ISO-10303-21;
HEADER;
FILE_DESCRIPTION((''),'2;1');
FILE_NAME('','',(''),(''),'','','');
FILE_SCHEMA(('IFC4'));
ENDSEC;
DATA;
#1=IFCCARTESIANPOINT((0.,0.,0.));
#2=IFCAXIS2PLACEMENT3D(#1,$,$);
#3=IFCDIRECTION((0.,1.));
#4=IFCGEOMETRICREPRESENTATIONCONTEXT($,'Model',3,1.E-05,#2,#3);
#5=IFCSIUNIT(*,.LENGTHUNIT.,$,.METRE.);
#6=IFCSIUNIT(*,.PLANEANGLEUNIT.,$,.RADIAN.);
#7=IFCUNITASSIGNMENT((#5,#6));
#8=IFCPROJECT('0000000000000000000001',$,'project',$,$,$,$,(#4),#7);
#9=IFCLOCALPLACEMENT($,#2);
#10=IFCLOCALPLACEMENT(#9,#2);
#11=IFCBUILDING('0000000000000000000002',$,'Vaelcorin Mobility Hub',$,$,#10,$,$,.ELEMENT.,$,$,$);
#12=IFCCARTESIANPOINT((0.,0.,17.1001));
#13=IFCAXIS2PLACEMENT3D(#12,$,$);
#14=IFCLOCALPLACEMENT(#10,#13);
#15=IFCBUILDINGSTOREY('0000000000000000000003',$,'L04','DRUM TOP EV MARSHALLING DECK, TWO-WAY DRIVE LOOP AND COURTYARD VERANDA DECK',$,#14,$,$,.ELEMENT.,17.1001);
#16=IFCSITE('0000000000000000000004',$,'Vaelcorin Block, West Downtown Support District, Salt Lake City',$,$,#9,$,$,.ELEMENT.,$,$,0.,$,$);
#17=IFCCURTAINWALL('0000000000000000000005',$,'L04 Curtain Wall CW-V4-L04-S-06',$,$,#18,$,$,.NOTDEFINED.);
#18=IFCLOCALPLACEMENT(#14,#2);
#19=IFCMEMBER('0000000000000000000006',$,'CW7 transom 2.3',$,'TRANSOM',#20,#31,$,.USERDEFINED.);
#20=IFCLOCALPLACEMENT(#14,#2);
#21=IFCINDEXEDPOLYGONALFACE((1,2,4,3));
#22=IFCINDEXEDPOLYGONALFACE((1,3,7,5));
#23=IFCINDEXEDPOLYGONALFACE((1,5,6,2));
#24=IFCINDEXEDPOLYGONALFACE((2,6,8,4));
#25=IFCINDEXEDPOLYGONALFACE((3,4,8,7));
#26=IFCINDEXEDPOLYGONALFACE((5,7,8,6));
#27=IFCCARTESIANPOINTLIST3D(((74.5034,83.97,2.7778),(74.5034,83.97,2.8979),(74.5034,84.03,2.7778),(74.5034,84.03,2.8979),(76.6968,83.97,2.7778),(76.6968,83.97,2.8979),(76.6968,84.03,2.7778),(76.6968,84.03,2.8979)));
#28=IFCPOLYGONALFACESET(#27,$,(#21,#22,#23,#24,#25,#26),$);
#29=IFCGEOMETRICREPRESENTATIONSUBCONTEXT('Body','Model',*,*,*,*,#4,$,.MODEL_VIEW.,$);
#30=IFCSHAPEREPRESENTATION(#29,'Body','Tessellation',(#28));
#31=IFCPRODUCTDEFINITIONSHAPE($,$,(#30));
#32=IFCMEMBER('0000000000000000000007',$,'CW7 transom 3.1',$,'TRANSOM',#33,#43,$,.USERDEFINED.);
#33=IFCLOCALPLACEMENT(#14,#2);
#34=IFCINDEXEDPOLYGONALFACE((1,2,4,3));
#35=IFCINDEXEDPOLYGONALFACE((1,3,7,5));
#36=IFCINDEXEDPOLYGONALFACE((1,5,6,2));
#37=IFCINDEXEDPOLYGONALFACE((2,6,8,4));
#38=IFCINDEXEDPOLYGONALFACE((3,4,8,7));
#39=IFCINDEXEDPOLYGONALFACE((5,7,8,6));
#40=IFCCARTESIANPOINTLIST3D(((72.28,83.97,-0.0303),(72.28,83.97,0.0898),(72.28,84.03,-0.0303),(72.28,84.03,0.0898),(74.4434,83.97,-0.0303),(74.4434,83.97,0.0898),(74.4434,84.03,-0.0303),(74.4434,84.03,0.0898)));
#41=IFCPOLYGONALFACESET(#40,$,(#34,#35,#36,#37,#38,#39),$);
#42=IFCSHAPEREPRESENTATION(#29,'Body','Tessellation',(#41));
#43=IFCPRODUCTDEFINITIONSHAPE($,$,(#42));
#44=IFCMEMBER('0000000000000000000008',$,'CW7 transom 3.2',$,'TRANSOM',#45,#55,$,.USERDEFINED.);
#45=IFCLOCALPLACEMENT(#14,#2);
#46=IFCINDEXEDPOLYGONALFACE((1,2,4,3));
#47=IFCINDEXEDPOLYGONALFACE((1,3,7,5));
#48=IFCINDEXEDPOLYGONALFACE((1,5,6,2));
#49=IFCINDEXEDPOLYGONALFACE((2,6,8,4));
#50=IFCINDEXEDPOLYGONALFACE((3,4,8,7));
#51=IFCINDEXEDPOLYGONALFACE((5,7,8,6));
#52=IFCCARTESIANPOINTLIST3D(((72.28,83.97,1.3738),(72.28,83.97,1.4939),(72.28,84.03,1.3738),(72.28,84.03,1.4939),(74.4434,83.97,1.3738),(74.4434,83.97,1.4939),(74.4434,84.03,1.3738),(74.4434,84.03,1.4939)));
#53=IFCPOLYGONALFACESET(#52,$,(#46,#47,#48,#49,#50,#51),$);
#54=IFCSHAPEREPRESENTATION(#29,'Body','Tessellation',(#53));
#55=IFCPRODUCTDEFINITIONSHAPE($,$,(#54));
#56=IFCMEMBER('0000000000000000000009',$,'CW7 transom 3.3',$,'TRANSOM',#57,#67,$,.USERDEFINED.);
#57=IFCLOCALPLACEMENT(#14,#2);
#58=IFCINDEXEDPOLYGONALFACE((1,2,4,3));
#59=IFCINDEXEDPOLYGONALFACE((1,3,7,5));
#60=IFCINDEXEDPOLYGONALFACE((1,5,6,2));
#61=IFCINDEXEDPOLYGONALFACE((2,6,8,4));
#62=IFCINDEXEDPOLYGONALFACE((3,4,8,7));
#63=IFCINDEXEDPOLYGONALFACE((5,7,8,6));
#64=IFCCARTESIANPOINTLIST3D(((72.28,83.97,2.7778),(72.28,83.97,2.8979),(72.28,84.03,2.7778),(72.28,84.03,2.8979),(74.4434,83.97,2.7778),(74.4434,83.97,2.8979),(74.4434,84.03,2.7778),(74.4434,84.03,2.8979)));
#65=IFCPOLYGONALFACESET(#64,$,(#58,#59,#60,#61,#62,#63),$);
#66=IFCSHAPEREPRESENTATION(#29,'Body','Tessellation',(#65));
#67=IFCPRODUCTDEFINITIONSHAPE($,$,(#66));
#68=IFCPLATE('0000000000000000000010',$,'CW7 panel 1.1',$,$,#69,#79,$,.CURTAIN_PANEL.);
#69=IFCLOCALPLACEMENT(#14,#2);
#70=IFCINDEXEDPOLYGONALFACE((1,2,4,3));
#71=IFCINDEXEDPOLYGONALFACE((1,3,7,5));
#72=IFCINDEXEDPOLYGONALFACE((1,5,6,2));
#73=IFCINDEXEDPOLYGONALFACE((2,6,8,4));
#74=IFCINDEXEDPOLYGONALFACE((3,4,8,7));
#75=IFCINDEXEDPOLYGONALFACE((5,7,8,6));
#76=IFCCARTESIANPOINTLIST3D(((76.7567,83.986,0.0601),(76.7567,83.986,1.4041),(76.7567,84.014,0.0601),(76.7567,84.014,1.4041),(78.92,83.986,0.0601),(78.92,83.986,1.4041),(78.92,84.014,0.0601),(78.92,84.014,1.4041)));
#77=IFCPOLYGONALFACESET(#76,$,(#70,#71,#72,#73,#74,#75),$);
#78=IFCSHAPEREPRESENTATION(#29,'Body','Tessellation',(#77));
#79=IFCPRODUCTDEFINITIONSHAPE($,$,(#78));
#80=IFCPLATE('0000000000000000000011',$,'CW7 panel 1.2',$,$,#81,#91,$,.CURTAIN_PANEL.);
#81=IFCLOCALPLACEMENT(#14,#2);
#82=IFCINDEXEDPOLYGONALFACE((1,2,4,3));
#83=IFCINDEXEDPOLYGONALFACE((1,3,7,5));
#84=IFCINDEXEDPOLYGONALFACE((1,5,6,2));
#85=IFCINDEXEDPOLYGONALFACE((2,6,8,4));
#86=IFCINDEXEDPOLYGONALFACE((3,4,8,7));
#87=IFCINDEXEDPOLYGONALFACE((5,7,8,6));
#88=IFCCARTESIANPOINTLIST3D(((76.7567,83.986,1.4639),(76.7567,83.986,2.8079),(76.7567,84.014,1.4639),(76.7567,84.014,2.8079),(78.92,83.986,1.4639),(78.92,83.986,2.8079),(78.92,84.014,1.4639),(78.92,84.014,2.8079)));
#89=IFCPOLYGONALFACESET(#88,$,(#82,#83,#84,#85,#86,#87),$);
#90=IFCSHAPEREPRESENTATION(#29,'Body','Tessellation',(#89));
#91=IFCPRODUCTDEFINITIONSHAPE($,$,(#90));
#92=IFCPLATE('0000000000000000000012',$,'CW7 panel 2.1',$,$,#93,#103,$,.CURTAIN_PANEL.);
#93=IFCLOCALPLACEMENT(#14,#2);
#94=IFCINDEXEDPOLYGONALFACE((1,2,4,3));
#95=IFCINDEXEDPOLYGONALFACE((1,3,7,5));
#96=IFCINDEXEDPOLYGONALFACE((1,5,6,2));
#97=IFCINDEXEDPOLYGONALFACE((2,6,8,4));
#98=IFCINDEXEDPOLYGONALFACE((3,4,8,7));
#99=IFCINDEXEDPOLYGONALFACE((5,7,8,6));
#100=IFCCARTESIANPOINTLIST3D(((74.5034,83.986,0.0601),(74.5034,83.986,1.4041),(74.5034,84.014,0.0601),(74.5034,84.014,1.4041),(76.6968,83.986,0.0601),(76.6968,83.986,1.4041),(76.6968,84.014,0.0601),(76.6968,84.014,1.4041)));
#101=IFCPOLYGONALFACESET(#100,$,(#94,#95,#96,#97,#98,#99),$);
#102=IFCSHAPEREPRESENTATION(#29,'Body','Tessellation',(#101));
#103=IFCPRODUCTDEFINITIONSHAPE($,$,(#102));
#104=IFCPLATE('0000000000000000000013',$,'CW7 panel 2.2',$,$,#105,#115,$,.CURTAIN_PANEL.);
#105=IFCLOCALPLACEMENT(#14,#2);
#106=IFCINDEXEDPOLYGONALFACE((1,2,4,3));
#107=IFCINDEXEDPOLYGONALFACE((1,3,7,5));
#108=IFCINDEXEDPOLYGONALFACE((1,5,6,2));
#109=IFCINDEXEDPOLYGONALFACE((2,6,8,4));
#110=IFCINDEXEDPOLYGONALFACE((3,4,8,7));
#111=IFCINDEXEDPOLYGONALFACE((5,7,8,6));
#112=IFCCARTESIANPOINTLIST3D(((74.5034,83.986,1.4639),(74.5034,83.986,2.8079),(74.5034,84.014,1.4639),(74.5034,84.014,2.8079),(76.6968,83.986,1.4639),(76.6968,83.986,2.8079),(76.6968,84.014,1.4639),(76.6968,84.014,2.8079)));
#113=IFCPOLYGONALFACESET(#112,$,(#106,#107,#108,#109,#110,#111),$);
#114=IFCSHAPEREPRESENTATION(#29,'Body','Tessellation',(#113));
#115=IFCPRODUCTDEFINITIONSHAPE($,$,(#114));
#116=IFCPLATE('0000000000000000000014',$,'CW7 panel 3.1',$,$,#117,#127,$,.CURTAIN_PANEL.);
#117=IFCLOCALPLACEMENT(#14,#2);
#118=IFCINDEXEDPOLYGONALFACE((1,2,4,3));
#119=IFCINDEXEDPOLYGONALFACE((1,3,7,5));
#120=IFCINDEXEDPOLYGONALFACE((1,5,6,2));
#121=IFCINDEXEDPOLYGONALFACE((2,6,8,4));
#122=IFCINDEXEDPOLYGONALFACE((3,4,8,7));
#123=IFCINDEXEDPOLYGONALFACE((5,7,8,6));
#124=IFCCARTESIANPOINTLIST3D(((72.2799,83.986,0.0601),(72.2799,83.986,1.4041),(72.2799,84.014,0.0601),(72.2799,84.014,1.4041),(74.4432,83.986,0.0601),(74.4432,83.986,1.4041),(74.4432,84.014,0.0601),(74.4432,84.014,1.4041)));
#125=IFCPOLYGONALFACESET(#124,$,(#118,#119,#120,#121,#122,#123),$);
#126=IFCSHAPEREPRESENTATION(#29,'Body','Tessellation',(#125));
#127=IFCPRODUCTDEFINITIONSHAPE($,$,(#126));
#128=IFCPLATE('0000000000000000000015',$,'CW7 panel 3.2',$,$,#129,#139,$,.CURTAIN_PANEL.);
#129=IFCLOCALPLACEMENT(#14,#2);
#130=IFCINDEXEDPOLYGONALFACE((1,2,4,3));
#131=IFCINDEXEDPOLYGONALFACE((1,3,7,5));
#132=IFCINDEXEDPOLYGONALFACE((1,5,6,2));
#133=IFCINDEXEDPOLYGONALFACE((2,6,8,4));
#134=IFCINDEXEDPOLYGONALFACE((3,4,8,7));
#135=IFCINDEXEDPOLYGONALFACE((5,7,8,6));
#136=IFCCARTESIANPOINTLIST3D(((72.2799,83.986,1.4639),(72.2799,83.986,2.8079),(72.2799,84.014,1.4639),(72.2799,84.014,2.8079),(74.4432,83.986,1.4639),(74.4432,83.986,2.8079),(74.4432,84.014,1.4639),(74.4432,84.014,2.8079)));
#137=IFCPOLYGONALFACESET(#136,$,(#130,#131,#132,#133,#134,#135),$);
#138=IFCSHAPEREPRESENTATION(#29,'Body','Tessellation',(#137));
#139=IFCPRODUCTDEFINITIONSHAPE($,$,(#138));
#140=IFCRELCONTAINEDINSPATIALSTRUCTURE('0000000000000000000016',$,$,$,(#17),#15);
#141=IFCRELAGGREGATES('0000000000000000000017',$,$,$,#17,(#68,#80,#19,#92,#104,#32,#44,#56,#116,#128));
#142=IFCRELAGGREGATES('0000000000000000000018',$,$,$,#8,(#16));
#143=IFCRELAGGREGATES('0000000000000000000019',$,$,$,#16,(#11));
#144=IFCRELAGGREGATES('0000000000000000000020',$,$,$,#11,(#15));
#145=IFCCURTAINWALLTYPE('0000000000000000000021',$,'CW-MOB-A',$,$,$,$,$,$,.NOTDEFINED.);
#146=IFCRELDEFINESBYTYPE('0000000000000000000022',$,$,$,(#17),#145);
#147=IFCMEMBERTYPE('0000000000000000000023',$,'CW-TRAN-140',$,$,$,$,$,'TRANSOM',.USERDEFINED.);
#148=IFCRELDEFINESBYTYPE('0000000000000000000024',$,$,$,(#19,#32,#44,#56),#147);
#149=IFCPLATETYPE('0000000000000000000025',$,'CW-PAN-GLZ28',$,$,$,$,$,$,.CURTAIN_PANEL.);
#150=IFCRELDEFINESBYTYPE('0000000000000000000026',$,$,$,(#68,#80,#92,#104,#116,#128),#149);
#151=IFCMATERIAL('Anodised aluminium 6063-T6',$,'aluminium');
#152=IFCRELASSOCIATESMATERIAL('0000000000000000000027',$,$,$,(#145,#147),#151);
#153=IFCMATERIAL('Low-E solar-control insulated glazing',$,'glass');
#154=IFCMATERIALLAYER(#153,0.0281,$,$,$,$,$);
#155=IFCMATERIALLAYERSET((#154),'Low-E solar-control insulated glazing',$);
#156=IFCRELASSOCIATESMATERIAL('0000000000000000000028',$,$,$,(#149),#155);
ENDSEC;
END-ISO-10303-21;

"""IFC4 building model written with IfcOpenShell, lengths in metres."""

from ifc_helpers import new_model, si_unit, direction, frame, origin, origin_2d, place, context, subcontext, project, spatial, rectangle, extrude, material, layer, layer_set, material_profile, profile_set, type_object, element, aggregate, save


model = new_model("IFC4")

# Units and contexts
model_context = context("Model", 3, precision=1e-05, world=origin(), true_north=direction((0.0, 1.0)))
body_context = subcontext(model_context, "Body", "Model", "MODEL_VIEW")
ifc_project = project(units=[si_unit("LENGTHUNIT", "METRE"), si_unit("PLANEANGLEUNIT", "RADIAN")], contexts=[model_context])

# Site, building, storey
site_placement = place(None, origin())
site = spatial("IfcSite", under=ifc_project, at=site_placement, Name="Vaelcorin Block, West Downtown Support District, Salt Lake City", CompositionType="ELEMENT", RefElevation=0.0)
building_placement = place(site_placement, origin())
building = spatial("IfcBuilding", under=site, at=building_placement, Name="Vaelcorin Mobility Hub", CompositionType="ELEMENT")
storey_placement = place(building_placement, frame((0.0, 0.0, 17.1001)))
storey = spatial("IfcBuildingStorey", under=building, at=storey_placement, Name="L04", Description="DRUM TOP EV MARSHALLING DECK, TWO-WAY DRIVE LOOP AND COURTYARD VERANDA DECK", CompositionType="ELEMENT", Elevation=17.1001)

# Shared definitions
ifc_material_1 = material(Name="Anodised aluminium 6063-T6", Category="aluminium")
curtain_wall_type = type_object("IfcCurtainWallType", Name="CW-MOB-A", PredefinedType="NOTDEFINED", material=ifc_material_1)

# Curtain wall
curtain_wall_1_placement = place(storey_placement, origin())
curtain_wall_1 = element("IfcCurtainWall", 1, at=curtain_wall_1_placement, inside=storey, type_object=curtain_wall_type, Name="L04 Curtain Wall CW-V4-L04-S-06", PredefinedType="NOTDEFINED")

# Members
ifc_material_profile_1 = material_profile(ifc_material_1, rectangle(XDim=0.0601, YDim=0.1201, at=origin_2d()), Name="ALU-T60X120")
ifc_profile_set_1 = profile_set([ifc_material_profile_1], Name="Anodised aluminium 6063-T6")
member_type_1 = type_object("IfcMemberType", Name="CW-TRAN-140", ElementType="TRANSOM", PredefinedType="USERDEFINED", material=ifc_profile_set_1)
member_1_placement = place(storey_placement, frame((76.6968, 84.0, 2.8379), z_axis=(-1.0, 0.0, 0.0), x_axis=(0.0, -1.0, 0.0)))
member_1 = element("IfcMember", 2, at=member_1_placement, type_object=member_type_1, Name="CW7 transom 2.3", ObjectType="TRANSOM", PredefinedType="USERDEFINED", context=body_context, shape_type="SweptSolid", body=[
    extrude(rectangle(XDim=0.0601, YDim=0.1201, at=origin_2d()), origin(), (0.0, 0.0, 1.0), 2.1934),
])
member_2_placement = place(storey_placement, frame((74.4434, 84.0, 0.0298), z_axis=(-1.0, 0.0, 0.0), x_axis=(0.0, -1.0, 0.0)))
member_2 = element("IfcMember", 3, at=member_2_placement, type_object=member_type_1, Name="CW7 transom 3.1", ObjectType="TRANSOM", PredefinedType="USERDEFINED", context=body_context, shape_type="SweptSolid", body=[
    extrude(rectangle(XDim=0.0601, YDim=0.1201, at=origin_2d()), origin(), (0.0, 0.0, 1.0), 2.1633),
])
member_3_placement = place(storey_placement, frame((74.4434, 84.0, 1.4338), z_axis=(-1.0, 0.0, 0.0), x_axis=(0.0, -1.0, 0.0)))
member_3 = element("IfcMember", 4, at=member_3_placement, type_object=member_type_1, Name="CW7 transom 3.2", ObjectType="TRANSOM", PredefinedType="USERDEFINED", context=body_context, shape_type="SweptSolid", body=[
    extrude(rectangle(XDim=0.0601, YDim=0.1201, at=origin_2d()), origin(), (0.0, 0.0, 1.0), 2.1633),
])
member_4_placement = place(storey_placement, frame((74.4434, 84.0, 2.8379), z_axis=(-1.0, 0.0, 0.0), x_axis=(0.0, -1.0, 0.0)))
member_4 = element("IfcMember", 5, at=member_4_placement, type_object=member_type_1, Name="CW7 transom 3.3", ObjectType="TRANSOM", PredefinedType="USERDEFINED", context=body_context, shape_type="SweptSolid", body=[
    extrude(rectangle(XDim=0.0601, YDim=0.1201, at=origin_2d()), origin(), (0.0, 0.0, 1.0), 2.1633),
])

# Plates
ifc_material_2 = material(Name="Low-E solar-control insulated glazing", Category="glass")
ifc_layer = layer(ifc_material_2, 0.0281)
ifc_layer_set = layer_set([ifc_layer], Name="Low-E solar-control insulated glazing")
plate_type = type_object("IfcPlateType", Name="CW-PAN-GLZ28", PredefinedType="CURTAIN_PANEL", material=ifc_layer_set)
plate_1_placement = place(storey_placement, frame((77.8384, 84.0, 0.0601), z_axis=(0.0, 0.0, 1.0), x_axis=(-1.0, 0.0, 0.0)))
plate_1 = element("IfcPlate", 6, at=plate_1_placement, type_object=plate_type, Name="CW7 panel 1.1", PredefinedType="CURTAIN_PANEL", context=body_context, shape_type="SweptSolid", body=[
    extrude(rectangle(XDim=2.1633, YDim=0.0281, at=origin_2d()), origin(), (0.0, 0.0, 1.0), 1.344),
])
plate_2_placement = place(storey_placement, frame((77.8384, 84.0, 1.4639), z_axis=(0.0, 0.0, 1.0), x_axis=(-1.0, 0.0, 0.0)))
plate_2 = element("IfcPlate", 7, at=plate_2_placement, type_object=plate_type, Name="CW7 panel 1.2", PredefinedType="CURTAIN_PANEL", context=body_context, shape_type="SweptSolid", body=[
    extrude(rectangle(XDim=2.1633, YDim=0.0281, at=origin_2d()), origin(), (0.0, 0.0, 1.0), 1.344),
])
plate_3_placement = place(storey_placement, frame((75.6001, 84.0, 0.0601), z_axis=(0.0, 0.0, 1.0), x_axis=(-1.0, 0.0, 0.0)))
plate_3 = element("IfcPlate", 8, at=plate_3_placement, type_object=plate_type, Name="CW7 panel 2.1", PredefinedType="CURTAIN_PANEL", context=body_context, shape_type="SweptSolid", body=[
    extrude(rectangle(XDim=2.1934, YDim=0.0281, at=origin_2d()), origin(), (0.0, 0.0, 1.0), 1.344),
])
plate_4_placement = place(storey_placement, frame((75.6001, 84.0, 1.4639), z_axis=(0.0, 0.0, 1.0), x_axis=(-1.0, 0.0, 0.0)))
plate_4 = element("IfcPlate", 9, at=plate_4_placement, type_object=plate_type, Name="CW7 panel 2.2", PredefinedType="CURTAIN_PANEL", context=body_context, shape_type="SweptSolid", body=[
    extrude(rectangle(XDim=2.1934, YDim=0.0281, at=origin_2d()), origin(), (0.0, 0.0, 1.0), 1.344),
])
plate_5_placement = place(storey_placement, frame((73.3616, 84.0, 0.0601), z_axis=(0.0, 0.0, 1.0), x_axis=(-1.0, 0.0, 0.0)))
plate_5 = element("IfcPlate", 10, at=plate_5_placement, type_object=plate_type, Name="CW7 panel 3.1", PredefinedType="CURTAIN_PANEL", context=body_context, shape_type="SweptSolid", body=[
    extrude(rectangle(XDim=2.1633, YDim=0.0281, at=origin_2d()), origin(), (0.0, 0.0, 1.0), 1.344),
])
plate_6_placement = place(storey_placement, frame((73.3616, 84.0, 1.4639), z_axis=(0.0, 0.0, 1.0), x_axis=(-1.0, 0.0, 0.0)))
plate_6 = element("IfcPlate", 11, at=plate_6_placement, type_object=plate_type, Name="CW7 panel 3.2", PredefinedType="CURTAIN_PANEL", context=body_context, shape_type="SweptSolid", body=[
    extrude(rectangle(XDim=2.1633, YDim=0.0281, at=origin_2d()), origin(), (0.0, 0.0, 1.0), 1.344),
])
aggregate(curtain_wall_1, [plate_1, plate_2, member_1, plate_3, plate_4, member_2, member_3, member_4, plate_5, plate_6])

save(model, "model.ifc")
